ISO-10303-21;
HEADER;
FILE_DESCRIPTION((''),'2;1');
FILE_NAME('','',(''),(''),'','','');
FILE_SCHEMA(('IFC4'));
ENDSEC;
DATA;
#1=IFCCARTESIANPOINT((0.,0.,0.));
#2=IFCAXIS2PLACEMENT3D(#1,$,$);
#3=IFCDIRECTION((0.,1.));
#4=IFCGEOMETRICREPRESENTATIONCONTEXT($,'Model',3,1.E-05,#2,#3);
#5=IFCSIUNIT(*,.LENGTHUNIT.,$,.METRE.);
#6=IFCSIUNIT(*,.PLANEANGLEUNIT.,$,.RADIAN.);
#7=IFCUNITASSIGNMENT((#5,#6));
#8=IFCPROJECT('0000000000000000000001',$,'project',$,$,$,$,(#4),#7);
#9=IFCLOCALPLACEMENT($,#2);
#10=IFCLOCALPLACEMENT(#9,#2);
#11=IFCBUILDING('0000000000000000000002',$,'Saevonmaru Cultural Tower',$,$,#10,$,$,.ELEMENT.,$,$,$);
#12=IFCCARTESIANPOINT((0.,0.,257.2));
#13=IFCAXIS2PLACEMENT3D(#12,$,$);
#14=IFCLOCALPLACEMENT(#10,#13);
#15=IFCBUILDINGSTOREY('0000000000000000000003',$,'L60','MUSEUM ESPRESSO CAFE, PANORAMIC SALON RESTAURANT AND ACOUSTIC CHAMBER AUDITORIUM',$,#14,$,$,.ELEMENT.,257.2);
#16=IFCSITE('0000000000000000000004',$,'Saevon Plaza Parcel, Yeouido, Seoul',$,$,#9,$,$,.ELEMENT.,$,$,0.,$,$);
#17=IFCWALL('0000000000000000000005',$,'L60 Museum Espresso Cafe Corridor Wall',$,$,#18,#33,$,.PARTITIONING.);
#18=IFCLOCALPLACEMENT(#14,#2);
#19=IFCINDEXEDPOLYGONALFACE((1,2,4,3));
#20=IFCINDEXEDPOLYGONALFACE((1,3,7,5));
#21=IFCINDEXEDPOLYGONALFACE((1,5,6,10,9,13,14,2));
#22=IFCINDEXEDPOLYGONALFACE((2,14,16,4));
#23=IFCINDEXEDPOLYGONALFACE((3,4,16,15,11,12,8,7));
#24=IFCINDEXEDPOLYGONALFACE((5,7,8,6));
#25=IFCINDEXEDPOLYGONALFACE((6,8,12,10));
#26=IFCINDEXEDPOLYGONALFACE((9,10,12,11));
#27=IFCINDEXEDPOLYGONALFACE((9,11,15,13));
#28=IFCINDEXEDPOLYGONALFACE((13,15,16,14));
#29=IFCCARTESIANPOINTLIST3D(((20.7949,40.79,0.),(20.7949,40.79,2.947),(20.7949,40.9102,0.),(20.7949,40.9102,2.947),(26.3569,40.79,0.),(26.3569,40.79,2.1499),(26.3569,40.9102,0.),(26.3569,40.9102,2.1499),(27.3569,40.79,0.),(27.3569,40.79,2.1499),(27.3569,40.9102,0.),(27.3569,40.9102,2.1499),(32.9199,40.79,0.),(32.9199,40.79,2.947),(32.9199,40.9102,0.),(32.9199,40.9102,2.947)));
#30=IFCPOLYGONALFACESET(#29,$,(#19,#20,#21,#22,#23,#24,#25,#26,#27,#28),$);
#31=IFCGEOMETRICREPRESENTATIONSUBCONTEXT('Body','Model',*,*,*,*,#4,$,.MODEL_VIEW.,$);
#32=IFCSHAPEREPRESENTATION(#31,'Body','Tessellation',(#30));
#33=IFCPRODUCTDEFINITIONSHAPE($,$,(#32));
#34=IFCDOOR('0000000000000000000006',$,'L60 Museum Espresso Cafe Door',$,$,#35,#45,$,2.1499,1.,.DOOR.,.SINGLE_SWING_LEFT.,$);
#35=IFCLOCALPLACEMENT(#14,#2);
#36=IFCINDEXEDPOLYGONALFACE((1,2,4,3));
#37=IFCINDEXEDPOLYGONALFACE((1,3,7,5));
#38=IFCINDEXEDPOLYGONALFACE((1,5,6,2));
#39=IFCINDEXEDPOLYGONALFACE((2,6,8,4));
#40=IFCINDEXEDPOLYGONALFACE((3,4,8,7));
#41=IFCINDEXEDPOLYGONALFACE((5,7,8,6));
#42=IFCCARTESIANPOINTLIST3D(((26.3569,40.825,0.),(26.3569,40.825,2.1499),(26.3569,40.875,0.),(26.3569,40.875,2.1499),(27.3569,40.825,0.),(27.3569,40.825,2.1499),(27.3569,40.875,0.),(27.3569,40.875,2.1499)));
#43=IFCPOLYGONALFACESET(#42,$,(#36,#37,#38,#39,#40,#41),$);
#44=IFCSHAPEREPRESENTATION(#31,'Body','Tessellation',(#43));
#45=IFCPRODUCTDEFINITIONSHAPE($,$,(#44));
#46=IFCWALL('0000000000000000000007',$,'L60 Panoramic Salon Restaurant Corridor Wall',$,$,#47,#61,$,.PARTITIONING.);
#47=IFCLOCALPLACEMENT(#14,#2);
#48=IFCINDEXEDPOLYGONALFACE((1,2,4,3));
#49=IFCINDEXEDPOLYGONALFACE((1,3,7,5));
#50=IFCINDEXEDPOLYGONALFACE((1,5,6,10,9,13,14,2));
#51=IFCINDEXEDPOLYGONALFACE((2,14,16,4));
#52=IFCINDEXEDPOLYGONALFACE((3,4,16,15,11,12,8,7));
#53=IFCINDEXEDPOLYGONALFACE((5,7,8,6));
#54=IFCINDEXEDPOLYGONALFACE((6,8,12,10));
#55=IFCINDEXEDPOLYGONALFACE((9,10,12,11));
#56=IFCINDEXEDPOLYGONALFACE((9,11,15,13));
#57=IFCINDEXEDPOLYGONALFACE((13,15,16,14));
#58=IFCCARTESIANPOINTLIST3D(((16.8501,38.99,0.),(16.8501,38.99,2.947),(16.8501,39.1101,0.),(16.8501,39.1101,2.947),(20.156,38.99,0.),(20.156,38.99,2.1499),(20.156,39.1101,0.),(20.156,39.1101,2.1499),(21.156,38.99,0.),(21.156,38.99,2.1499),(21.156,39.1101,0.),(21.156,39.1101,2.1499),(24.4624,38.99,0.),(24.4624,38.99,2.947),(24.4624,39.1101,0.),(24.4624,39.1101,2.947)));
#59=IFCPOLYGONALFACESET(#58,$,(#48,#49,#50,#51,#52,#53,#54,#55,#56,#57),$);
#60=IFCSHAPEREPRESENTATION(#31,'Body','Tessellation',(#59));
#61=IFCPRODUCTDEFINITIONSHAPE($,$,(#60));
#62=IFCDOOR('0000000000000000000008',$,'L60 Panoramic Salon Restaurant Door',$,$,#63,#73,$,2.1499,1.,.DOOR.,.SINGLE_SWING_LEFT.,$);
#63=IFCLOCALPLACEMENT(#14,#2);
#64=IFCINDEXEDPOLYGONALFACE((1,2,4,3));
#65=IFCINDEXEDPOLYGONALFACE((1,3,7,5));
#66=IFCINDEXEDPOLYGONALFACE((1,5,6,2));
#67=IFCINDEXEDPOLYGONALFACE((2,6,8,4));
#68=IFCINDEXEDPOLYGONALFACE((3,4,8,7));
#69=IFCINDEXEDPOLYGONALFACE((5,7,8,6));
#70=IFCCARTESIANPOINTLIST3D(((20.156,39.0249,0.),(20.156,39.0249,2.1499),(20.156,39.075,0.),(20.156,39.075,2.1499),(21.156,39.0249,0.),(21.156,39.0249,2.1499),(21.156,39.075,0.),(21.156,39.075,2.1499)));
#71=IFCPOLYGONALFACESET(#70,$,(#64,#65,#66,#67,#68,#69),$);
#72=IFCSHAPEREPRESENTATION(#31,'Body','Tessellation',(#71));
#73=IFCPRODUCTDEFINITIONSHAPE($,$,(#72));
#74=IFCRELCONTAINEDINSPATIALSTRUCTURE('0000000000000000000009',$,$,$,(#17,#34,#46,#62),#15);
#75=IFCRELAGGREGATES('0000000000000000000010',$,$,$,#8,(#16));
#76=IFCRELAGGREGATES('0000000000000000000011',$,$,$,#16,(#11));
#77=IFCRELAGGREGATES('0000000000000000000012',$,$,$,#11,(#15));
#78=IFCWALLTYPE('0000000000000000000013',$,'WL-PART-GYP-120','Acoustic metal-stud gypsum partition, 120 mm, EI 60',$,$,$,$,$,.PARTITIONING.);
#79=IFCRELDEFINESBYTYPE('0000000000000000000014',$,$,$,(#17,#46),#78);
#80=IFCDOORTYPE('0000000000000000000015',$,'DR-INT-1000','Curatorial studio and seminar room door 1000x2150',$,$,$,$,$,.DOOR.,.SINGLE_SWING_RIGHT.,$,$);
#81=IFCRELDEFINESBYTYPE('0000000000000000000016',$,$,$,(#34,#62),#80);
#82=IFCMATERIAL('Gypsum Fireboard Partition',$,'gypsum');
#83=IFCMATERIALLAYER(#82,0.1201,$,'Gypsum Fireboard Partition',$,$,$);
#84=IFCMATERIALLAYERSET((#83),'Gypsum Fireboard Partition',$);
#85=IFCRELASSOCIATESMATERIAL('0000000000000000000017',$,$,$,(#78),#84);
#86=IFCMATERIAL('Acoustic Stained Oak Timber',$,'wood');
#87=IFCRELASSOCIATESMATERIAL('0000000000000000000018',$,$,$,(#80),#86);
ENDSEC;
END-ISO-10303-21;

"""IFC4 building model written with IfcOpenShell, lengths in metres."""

from ifc_helpers import new_model, si_unit, direction, frame, frame_2d, origin, place, context, subcontext, project, spatial, rectangle, extrude, material, layer, layer_set, type_object, element, fill, save


model = new_model("IFC4")

# Units and contexts
model_context = context("Model", 3, precision=1e-05, world=origin(), true_north=direction((0.0, 1.0)))
body_context = subcontext(model_context, "Body", "Model", "MODEL_VIEW")
ifc_project = project(units=[si_unit("LENGTHUNIT", "METRE"), si_unit("PLANEANGLEUNIT", "RADIAN")], contexts=[model_context])

# Site, building, storey
site_placement = place(None, origin())
site = spatial("IfcSite", under=ifc_project, at=site_placement, Name="Saevon Plaza Parcel, Yeouido, Seoul", CompositionType="ELEMENT", RefElevation=0.0)
building_placement = place(site_placement, origin())
building = spatial("IfcBuilding", under=site, at=building_placement, Name="Saevonmaru Cultural Tower", CompositionType="ELEMENT")
storey_placement = place(building_placement, frame((0.0, 0.0, 257.2)))
storey = spatial("IfcBuildingStorey", under=building, at=storey_placement, Name="L60", Description="MUSEUM ESPRESSO CAFE, PANORAMIC SALON RESTAURANT AND ACOUSTIC CHAMBER AUDITORIUM", CompositionType="ELEMENT", Elevation=257.2)

# Shared definitions
ifc_material_1 = material(Name="Gypsum Fireboard Partition", Category="gypsum")
ifc_layer_1 = layer(ifc_material_1, 0.1201, Name="Gypsum Fireboard Partition")
ifc_layer_set_1 = layer_set([ifc_layer_1], Name="Gypsum Fireboard Partition")
wall_type_1 = type_object("IfcWallType", Name="WL-PART-GYP-120", Description="Acoustic metal-stud gypsum partition, 120 mm, EI 60", PredefinedType="PARTITIONING", material=ifc_layer_set_1)

# Walls, openings, doors
ifc_material_2 = material(Name="Acoustic Stained Oak Timber", Category="wood")
door_type_1 = type_object("IfcDoorType", Name="DR-INT-1000", Description="Curatorial studio and seminar room door 1000x2150", OperationType="SINGLE_SWING_RIGHT", PredefinedType="DOOR", material=ifc_material_2)
wall_1_placement = place(storey_placement, frame((20.7949, 40.8501, 0.0), z_axis=(0.0, 0.0, 1.0), x_axis=(1.0, 0.0, 0.0)))
wall_1 = element("IfcWall", 1, at=wall_1_placement, inside=storey, type_object=wall_type_1, Name="L60 Museum Espresso Cafe Corridor Wall", PredefinedType="PARTITIONING", context=body_context, shape_type="SweptSolid", body=[
    extrude(rectangle(XDim=12.125, YDim=0.1201, at=frame_2d((6.0625, 0.0))), origin(), (0.0, 0.0, 1.0), 2.947),
])
opening_1_placement = place(wall_1_placement, frame((5.562, 0.0, 0.0)))
opening_1 = element("IfcOpeningElement", 2, at=opening_1_placement, cuts=wall_1, PredefinedType="OPENING", context=body_context, shape_type="SweptSolid", body=[
    extrude(rectangle(XDim=1.0, YDim=2.1499, at=frame_2d((0.5, 1.075))), frame((0.0, 0.0701, 0.0), z_axis=(0.0, -1.0, 0.0), x_axis=(1.0, 0.0, 0.0)), (0.0, 0.0, 1.0), 0.1401),
])
door_1_placement = place(opening_1_placement, origin())
door_1 = element("IfcDoor", 3, at=door_1_placement, inside=storey, type_object=door_type_1, Name="L60 Museum Espresso Cafe Door", OperationType="SINGLE_SWING_LEFT", OverallHeight=2.1499, OverallWidth=1.0, PredefinedType="DOOR", context=body_context, shape_type="SweptSolid", body=[
    extrude(rectangle(XDim=1.0, YDim=2.1499, at=frame_2d((0.5, 1.075))), frame((0.0, 0.0249, 0.0), z_axis=(0.0, -1.0, 0.0), x_axis=(1.0, 0.0, 0.0)), (0.0, 0.0, 1.0), 0.05),
])
fill(opening_1, door_1)
wall_2_placement = place(storey_placement, frame((16.8501, 39.05, 0.0), z_axis=(0.0, 0.0, 1.0), x_axis=(1.0, 0.0, 0.0)))
wall_2 = element("IfcWall", 4, at=wall_2_placement, inside=storey, type_object=wall_type_1, Name="L60 Panoramic Salon Restaurant Corridor Wall", PredefinedType="PARTITIONING", context=body_context, shape_type="SweptSolid", body=[
    extrude(rectangle(XDim=7.6123, YDim=0.1201, at=frame_2d((3.8062, 0.0))), origin(), (0.0, 0.0, 1.0), 2.947),
])
opening_2_placement = place(wall_2_placement, frame((3.3059, 0.0, 0.0)))
opening_2 = element("IfcOpeningElement", 5, at=opening_2_placement, cuts=wall_2, PredefinedType="OPENING", context=body_context, shape_type="SweptSolid", body=[
    extrude(rectangle(XDim=1.0, YDim=2.1499, at=frame_2d((0.5, 1.075))), frame((0.0, 0.0701, 0.0), z_axis=(0.0, -1.0, 0.0), x_axis=(1.0, 0.0, 0.0)), (0.0, 0.0, 1.0), 0.1401),
])
door_2_placement = place(opening_2_placement, origin())
door_2 = element("IfcDoor", 6, at=door_2_placement, inside=storey, type_object=door_type_1, Name="L60 Panoramic Salon Restaurant Door", OperationType="SINGLE_SWING_LEFT", OverallHeight=2.1499, OverallWidth=1.0, PredefinedType="DOOR", context=body_context, shape_type="SweptSolid", body=[
    extrude(rectangle(XDim=1.0, YDim=2.1499, at=frame_2d((0.5, 1.075))), frame((0.0, 0.0249, 0.0), z_axis=(0.0, -1.0, 0.0), x_axis=(1.0, 0.0, 0.0)), (0.0, 0.0, 1.0), 0.05),
])
fill(opening_2, door_2)

save(model, "model.ifc")
